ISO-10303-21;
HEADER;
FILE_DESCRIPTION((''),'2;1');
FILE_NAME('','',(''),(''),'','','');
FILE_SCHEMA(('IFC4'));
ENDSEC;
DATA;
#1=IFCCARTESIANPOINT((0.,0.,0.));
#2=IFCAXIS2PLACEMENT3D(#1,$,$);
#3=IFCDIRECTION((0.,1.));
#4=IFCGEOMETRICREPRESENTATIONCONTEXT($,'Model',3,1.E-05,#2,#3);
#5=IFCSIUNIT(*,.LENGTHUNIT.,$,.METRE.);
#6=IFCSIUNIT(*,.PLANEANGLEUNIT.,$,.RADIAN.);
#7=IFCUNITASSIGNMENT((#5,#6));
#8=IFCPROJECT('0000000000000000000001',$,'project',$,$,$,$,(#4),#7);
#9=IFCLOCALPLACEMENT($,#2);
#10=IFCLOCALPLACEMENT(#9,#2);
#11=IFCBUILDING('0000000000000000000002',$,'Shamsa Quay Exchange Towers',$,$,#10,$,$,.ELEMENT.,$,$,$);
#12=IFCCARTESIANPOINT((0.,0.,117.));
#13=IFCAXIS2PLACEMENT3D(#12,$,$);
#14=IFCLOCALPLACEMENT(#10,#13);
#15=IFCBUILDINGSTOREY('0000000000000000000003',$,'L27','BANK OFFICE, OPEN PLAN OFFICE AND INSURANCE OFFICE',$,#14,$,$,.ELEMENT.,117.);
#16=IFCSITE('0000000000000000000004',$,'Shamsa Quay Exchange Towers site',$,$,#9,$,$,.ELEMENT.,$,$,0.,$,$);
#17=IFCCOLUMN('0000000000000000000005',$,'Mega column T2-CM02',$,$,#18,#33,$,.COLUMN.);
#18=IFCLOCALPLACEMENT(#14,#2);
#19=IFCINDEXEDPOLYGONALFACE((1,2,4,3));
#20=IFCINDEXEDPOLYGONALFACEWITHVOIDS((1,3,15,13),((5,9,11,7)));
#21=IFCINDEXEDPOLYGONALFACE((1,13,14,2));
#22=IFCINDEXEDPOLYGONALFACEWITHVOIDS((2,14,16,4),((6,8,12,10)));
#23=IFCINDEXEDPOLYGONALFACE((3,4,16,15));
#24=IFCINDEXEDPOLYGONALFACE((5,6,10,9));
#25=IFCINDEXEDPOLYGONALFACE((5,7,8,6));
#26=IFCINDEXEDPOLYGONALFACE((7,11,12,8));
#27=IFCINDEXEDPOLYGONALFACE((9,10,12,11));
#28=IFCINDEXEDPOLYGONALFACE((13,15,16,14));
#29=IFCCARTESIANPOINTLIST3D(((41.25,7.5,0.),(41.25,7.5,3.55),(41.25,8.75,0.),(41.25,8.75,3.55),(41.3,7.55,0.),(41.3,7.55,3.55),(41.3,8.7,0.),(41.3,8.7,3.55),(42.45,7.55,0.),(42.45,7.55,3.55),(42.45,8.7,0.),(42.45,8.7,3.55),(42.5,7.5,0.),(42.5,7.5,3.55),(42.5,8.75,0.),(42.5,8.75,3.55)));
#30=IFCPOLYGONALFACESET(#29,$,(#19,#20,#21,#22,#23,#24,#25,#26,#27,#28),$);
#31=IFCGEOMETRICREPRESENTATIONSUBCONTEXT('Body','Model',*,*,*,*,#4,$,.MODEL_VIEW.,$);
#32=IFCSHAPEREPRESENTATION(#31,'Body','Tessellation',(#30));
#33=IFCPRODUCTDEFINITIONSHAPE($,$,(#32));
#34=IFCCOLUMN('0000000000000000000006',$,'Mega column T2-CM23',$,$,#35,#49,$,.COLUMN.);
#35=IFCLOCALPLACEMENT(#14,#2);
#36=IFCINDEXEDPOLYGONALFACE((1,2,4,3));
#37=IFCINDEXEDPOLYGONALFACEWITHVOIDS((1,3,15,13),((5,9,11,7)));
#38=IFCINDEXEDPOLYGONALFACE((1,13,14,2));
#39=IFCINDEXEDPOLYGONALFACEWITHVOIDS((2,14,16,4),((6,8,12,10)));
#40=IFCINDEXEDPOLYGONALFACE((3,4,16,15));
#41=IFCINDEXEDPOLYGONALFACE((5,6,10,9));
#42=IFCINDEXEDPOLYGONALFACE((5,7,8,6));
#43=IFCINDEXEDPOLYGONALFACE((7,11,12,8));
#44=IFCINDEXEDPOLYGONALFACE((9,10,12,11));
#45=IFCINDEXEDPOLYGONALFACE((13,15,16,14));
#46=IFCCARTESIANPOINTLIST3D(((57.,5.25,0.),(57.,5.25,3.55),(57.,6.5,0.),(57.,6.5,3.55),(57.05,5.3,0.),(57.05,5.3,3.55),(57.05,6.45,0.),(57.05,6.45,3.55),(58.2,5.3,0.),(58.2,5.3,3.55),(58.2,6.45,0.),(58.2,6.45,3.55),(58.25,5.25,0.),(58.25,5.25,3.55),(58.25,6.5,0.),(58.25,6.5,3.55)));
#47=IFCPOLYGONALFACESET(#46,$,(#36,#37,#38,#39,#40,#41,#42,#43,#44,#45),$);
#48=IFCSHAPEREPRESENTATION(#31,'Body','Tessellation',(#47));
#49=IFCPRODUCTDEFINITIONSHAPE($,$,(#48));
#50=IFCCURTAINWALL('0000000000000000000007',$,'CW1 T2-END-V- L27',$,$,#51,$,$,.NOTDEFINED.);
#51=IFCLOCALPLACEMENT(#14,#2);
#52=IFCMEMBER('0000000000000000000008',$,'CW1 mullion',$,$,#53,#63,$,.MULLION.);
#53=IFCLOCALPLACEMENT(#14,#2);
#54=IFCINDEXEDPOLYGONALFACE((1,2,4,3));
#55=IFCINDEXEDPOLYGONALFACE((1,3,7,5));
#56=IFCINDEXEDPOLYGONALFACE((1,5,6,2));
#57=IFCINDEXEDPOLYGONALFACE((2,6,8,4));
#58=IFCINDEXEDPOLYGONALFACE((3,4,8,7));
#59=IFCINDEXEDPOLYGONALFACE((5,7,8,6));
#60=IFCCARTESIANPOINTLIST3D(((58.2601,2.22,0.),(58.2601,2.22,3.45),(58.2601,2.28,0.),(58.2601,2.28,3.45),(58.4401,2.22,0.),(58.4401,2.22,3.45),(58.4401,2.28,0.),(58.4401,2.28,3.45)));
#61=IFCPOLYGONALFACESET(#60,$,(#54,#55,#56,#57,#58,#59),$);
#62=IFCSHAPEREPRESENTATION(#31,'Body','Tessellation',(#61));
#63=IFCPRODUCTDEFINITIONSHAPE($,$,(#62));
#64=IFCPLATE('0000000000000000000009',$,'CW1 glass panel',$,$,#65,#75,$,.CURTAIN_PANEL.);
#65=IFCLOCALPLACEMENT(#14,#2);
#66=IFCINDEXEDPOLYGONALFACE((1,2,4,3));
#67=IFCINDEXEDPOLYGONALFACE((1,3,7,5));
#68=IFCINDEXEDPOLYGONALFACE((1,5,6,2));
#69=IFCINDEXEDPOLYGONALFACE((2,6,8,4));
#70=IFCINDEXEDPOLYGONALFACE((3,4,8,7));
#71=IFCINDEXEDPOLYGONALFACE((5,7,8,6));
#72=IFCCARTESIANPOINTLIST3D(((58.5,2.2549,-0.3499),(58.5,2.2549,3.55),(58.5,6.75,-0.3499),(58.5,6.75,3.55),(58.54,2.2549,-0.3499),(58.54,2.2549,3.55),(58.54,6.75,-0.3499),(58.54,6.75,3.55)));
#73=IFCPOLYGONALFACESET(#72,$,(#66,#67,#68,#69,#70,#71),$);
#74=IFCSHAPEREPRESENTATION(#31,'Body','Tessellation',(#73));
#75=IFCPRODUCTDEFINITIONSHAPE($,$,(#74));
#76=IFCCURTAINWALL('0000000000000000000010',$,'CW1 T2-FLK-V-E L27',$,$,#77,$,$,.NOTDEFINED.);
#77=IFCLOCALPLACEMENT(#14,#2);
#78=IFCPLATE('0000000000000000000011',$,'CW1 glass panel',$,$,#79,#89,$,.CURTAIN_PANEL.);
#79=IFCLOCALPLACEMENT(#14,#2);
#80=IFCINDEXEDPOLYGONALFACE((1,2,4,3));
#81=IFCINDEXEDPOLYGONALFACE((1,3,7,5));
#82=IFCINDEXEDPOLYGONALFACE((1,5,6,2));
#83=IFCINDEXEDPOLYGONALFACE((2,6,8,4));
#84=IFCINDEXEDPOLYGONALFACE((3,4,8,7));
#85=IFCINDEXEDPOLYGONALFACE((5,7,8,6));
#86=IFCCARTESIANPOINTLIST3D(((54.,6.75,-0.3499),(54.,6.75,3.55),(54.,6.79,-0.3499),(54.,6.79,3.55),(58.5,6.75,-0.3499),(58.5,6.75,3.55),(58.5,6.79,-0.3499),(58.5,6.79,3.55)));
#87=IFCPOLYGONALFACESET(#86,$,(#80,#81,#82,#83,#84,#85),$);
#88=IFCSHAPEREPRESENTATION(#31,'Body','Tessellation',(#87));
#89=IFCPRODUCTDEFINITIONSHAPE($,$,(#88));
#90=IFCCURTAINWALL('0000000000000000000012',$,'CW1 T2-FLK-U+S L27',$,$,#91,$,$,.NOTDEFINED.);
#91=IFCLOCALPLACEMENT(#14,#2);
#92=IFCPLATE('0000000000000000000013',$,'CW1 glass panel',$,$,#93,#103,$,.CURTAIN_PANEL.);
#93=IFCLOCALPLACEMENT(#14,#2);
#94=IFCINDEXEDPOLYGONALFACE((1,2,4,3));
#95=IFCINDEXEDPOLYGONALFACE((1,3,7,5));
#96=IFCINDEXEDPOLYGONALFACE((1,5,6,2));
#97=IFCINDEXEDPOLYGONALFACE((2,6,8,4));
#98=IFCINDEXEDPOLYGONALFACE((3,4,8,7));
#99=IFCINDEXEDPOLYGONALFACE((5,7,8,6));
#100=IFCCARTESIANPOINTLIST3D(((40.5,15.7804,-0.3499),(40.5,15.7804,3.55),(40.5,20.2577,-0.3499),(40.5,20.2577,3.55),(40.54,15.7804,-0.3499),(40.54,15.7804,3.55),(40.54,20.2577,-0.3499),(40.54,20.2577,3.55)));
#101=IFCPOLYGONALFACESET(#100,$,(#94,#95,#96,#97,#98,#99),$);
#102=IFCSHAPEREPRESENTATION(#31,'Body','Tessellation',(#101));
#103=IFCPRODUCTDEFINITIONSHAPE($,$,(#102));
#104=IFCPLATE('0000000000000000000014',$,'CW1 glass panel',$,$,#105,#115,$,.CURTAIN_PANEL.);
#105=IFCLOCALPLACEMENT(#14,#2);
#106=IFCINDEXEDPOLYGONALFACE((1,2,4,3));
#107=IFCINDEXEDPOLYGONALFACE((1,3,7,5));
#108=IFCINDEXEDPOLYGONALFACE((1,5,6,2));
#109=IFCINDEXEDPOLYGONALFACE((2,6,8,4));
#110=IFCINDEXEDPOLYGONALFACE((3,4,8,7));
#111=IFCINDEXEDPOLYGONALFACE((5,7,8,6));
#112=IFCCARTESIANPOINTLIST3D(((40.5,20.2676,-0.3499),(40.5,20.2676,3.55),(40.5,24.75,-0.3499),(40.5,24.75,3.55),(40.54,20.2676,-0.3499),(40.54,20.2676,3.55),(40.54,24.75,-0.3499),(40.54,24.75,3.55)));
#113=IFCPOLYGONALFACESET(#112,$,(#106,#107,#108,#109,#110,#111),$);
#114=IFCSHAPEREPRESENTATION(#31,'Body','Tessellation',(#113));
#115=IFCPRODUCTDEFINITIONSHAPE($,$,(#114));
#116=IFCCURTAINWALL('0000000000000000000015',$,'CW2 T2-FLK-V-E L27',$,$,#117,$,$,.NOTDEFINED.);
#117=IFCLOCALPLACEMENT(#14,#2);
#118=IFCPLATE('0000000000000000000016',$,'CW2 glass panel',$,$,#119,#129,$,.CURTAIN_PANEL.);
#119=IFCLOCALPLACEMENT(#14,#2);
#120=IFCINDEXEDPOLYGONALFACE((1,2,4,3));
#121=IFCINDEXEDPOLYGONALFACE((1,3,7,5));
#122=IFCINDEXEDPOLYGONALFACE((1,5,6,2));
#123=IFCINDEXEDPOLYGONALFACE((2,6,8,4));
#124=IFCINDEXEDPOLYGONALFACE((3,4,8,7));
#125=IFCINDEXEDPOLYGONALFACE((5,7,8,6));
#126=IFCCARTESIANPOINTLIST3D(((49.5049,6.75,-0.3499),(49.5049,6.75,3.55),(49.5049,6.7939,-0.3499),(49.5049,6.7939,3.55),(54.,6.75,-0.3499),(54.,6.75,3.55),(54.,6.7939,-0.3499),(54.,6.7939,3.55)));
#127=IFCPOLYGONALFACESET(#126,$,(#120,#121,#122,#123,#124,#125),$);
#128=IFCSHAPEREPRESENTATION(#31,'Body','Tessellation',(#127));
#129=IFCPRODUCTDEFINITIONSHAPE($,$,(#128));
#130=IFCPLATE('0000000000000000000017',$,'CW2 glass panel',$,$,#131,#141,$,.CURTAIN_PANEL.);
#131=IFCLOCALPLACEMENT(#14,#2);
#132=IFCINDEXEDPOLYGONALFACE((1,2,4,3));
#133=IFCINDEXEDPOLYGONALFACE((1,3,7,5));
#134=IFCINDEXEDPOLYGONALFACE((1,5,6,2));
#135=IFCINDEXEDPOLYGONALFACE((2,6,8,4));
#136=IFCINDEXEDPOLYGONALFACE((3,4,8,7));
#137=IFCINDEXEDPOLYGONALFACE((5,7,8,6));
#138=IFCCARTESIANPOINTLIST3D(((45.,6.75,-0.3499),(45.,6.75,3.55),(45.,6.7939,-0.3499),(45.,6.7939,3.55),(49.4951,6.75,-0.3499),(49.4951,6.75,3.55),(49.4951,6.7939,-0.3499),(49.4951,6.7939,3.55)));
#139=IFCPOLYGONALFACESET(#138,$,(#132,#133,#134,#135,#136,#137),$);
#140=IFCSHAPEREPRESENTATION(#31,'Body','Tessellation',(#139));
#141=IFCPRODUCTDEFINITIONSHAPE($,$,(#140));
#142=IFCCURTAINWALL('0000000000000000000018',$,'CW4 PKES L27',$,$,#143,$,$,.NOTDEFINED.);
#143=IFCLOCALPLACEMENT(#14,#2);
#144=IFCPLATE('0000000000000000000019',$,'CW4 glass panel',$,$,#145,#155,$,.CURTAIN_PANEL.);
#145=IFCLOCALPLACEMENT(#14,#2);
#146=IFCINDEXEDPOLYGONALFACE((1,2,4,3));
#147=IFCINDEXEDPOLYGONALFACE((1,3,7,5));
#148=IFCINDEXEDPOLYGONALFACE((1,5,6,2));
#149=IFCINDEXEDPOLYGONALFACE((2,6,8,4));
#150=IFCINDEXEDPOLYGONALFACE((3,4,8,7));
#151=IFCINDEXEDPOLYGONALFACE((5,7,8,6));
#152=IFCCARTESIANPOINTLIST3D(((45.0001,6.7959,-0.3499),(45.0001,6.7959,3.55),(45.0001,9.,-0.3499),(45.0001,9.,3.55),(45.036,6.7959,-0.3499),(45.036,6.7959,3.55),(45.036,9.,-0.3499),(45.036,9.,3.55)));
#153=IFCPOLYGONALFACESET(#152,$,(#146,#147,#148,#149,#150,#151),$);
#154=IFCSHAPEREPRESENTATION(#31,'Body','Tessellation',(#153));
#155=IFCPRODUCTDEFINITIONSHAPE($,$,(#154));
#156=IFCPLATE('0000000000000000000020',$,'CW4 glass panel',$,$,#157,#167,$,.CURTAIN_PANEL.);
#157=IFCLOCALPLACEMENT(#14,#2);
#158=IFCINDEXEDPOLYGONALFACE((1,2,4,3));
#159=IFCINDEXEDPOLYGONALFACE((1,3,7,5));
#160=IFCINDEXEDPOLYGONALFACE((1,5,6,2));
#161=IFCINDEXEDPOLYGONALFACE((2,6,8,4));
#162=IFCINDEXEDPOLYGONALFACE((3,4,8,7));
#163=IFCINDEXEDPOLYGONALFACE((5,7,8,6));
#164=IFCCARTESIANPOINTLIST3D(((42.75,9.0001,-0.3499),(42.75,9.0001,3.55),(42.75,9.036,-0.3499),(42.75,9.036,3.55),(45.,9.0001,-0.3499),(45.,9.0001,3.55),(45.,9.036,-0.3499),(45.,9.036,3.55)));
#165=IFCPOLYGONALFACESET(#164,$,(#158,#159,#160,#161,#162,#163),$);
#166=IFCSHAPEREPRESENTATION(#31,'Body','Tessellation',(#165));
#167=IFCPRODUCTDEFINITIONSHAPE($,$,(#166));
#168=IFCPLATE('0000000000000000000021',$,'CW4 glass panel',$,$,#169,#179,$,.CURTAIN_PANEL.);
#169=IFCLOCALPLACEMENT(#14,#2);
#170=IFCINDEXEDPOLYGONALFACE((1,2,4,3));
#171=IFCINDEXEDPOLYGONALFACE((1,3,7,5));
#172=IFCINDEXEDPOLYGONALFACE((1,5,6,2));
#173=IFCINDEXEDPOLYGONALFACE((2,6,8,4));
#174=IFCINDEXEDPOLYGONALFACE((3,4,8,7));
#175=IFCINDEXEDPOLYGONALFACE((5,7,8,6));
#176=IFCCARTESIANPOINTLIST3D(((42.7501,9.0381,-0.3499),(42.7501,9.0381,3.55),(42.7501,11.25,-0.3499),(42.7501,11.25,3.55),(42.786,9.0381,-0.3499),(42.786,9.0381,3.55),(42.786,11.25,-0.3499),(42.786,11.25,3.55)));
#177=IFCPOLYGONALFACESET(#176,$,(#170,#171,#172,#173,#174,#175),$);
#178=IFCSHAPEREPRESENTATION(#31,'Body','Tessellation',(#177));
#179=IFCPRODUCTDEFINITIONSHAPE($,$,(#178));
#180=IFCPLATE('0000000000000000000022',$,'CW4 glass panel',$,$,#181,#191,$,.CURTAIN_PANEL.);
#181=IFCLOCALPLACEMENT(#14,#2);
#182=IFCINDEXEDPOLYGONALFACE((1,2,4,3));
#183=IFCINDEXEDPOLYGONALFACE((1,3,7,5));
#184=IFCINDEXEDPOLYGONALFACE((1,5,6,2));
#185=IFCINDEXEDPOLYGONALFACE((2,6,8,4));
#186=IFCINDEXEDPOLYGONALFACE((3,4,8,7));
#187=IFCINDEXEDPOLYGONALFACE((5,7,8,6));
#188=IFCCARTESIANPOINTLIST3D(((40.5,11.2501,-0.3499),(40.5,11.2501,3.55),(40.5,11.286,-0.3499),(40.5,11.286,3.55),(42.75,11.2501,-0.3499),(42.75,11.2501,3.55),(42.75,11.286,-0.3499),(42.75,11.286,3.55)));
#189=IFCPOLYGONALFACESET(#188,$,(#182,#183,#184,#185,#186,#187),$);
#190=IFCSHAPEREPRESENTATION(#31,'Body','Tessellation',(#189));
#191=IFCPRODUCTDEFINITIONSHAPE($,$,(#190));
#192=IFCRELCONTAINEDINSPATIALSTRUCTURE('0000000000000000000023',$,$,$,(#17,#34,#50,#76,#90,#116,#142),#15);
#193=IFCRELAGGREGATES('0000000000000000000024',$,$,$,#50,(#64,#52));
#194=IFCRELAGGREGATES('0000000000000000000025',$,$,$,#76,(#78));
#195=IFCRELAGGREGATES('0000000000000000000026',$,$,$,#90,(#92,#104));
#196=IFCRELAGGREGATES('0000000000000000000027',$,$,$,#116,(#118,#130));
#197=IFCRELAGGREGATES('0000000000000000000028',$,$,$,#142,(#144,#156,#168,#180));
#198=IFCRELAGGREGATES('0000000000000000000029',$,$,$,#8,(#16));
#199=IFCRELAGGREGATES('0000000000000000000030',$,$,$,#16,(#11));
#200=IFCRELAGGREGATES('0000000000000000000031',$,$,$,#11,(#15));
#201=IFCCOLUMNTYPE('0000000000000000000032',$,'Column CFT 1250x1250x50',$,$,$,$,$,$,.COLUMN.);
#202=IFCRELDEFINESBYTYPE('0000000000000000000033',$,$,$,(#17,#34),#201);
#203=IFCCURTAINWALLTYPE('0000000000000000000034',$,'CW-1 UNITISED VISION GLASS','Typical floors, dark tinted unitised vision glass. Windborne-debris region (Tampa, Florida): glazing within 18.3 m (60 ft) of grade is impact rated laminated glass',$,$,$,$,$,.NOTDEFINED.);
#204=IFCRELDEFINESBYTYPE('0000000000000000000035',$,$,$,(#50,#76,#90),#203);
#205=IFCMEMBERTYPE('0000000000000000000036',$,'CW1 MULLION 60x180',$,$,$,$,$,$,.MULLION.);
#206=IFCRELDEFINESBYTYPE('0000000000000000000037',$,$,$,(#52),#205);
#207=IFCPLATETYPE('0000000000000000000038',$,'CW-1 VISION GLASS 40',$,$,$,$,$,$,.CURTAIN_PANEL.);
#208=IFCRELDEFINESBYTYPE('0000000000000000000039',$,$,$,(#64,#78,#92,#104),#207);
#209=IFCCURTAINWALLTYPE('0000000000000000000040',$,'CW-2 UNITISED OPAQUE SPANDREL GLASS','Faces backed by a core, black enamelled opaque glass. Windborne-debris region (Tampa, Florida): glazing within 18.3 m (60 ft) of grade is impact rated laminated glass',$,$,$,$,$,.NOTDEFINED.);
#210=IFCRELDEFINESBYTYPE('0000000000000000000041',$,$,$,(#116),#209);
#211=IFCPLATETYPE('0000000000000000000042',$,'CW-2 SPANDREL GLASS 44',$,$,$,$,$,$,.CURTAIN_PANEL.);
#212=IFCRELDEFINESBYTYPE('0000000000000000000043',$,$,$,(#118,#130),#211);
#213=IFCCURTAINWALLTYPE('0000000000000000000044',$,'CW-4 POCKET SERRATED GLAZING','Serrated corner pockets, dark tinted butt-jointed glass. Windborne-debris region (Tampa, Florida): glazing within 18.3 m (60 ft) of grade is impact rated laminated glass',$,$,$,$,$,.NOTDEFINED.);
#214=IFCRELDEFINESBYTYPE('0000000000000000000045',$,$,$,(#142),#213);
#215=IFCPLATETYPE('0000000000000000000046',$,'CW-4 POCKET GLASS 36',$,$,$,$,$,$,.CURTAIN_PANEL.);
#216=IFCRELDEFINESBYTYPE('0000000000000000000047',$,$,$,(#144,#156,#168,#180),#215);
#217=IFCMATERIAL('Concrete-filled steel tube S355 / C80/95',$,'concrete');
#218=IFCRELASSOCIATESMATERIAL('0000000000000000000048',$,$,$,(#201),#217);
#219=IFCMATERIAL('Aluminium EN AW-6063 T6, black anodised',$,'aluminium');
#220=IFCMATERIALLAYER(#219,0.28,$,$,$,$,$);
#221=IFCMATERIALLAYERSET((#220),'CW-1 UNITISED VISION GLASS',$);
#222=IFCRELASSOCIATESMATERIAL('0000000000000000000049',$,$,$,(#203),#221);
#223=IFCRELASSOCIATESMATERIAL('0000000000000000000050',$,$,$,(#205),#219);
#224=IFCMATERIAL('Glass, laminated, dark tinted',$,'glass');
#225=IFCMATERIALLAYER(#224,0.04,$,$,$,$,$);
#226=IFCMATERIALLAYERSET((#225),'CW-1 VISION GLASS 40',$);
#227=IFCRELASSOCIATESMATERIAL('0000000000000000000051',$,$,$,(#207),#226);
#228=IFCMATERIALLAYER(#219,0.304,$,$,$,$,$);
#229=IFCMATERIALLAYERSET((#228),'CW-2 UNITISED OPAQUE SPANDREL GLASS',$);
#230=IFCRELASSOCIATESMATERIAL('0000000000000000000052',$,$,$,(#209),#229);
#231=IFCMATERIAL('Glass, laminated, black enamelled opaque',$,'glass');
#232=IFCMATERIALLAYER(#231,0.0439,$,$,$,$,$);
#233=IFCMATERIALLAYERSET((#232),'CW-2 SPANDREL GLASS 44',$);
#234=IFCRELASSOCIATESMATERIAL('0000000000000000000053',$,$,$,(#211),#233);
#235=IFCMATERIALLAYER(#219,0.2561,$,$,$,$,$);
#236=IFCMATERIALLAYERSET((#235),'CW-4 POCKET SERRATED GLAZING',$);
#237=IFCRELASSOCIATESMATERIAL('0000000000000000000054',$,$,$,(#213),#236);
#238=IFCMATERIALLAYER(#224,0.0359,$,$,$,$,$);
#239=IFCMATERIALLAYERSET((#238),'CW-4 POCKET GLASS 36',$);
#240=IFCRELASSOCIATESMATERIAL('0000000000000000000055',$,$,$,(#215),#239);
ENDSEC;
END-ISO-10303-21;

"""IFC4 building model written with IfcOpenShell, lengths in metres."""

from ifc_helpers import new_model, si_unit, direction, frame, origin, origin_2d, place, context, subcontext, project, spatial, rectangle, hollow_rectangle, extrude, material, layer, layer_set, material_profile, profile_set, type_object, element, aggregate, save


model = new_model("IFC4")

# Units and contexts
model_context = context("Model", 3, precision=1e-05, world=origin(), true_north=direction((0.0, 1.0)))
body_context = subcontext(model_context, "Body", "Model", "MODEL_VIEW")
ifc_project = project(units=[si_unit("LENGTHUNIT", "METRE"), si_unit("PLANEANGLEUNIT", "RADIAN")], contexts=[model_context])

# Site, building, storey
site_placement = place(None, origin())
site = spatial("IfcSite", under=ifc_project, at=site_placement, Name="Shamsa Quay Exchange Towers site", CompositionType="ELEMENT", RefElevation=0.0)
building_placement = place(site_placement, origin())
building = spatial("IfcBuilding", under=site, at=building_placement, Name="Shamsa Quay Exchange Towers", CompositionType="ELEMENT")
storey_placement = place(building_placement, frame((0.0, 0.0, 117.0)))
storey = spatial("IfcBuildingStorey", under=building, at=storey_placement, Name="L27", Description="BANK OFFICE, OPEN PLAN OFFICE AND INSURANCE OFFICE", CompositionType="ELEMENT", Elevation=117.0)

# Columns
ifc_material_1 = material(Name="Concrete-filled steel tube S355 / C80/95", Category="concrete")
ifc_material_profile_1 = material_profile(ifc_material_1, hollow_rectangle(XDim=1.25, YDim=1.25, WallThickness=0.05, at=origin_2d()), Name="CFT 1250x1250x50")
ifc_profile_set_1 = profile_set([ifc_material_profile_1], Name="Concrete-filled steel tube S355 / C80/95")
column_type = type_object("IfcColumnType", Name="Column CFT 1250x1250x50", PredefinedType="COLUMN", material=ifc_profile_set_1)
for number, where, name in (
    (1, (41.875, 8.125, 0.0), "Mega column T2-CM02"),
    (2, (57.625, 5.875, 0.0), "Mega column T2-CM23"),
):
    element("IfcColumn", number, at=place(storey_placement, frame(where)), inside=storey, type_object=column_type, Name=name, PredefinedType="COLUMN", context=body_context, shape_type="SweptSolid", body=[
        extrude(hollow_rectangle(XDim=1.25, YDim=1.25, WallThickness=0.05, at=origin_2d()), origin(), (0.0, 0.0, 1.0), 3.55),
    ])

# Curtain wall, member, plate
ifc_material_2 = material(Name="Aluminium EN AW-6063 T6, black anodised", Category="aluminium")
ifc_layer_1 = layer(ifc_material_2, 0.28)
ifc_layer_set_1 = layer_set([ifc_layer_1], Name="CW-1 UNITISED VISION GLASS")
curtain_wall_type_1 = type_object("IfcCurtainWallType", Name="CW-1 UNITISED VISION GLASS", Description="Typical floors, dark tinted unitised vision glass. Windborne-debris region (Tampa, Florida): glazing within 18.3 m (60 ft) of grade is impact rated laminated glass", PredefinedType="NOTDEFINED", material=ifc_layer_set_1)
curtain_wall_1_placement = place(storey_placement, origin())
curtain_wall_1 = element("IfcCurtainWall", 3, at=curtain_wall_1_placement, inside=storey, type_object=curtain_wall_type_1, Name="CW1 T2-END-V- L27", PredefinedType="NOTDEFINED")
ifc_material_profile_2 = material_profile(ifc_material_2, rectangle(XDim=0.1799, YDim=0.0601, at=origin_2d()), Name="MU60x180")
ifc_profile_set_2 = profile_set([ifc_material_profile_2], Name="Aluminium EN AW-6063 T6, black anodised")
member_type = type_object("IfcMemberType", Name="CW1 MULLION 60x180", PredefinedType="MULLION", material=ifc_profile_set_2)
member_placement = place(storey_placement, frame((58.3501, 2.25, 0.0), z_axis=(0.0, 0.0, 1.0), x_axis=(-1.0, 0.0, 0.0)))
member = element("IfcMember", 4, at=member_placement, type_object=member_type, Name="CW1 mullion", PredefinedType="MULLION", context=body_context, shape_type="SweptSolid", body=[
    extrude(rectangle(XDim=0.1799, YDim=0.0601, at=origin_2d()), origin(), (0.0, 0.0, 1.0), 3.45),
])
ifc_material_3 = material(Name="Glass, laminated, dark tinted", Category="glass")
ifc_layer_2 = layer(ifc_material_3, 0.04)
ifc_layer_set_2 = layer_set([ifc_layer_2], Name="CW-1 VISION GLASS 40")
plate_type_1 = type_object("IfcPlateType", Name="CW-1 VISION GLASS 40", PredefinedType="CURTAIN_PANEL", material=ifc_layer_set_2)
plate_1_placement = place(storey_placement, frame((58.52, 4.5024, -0.3499), z_axis=(0.0, 0.0, 1.0), x_axis=(0.0, 1.0, 0.0)))
plate_1 = element("IfcPlate", 5, at=plate_1_placement, type_object=plate_type_1, Name="CW1 glass panel", PredefinedType="CURTAIN_PANEL", context=body_context, shape_type="SweptSolid", body=[
    extrude(rectangle(XDim=4.4951, YDim=0.04, at=origin_2d()), origin(), (0.0, 0.0, 1.0), 3.8999),
])
aggregate(curtain_wall_1, [plate_1, member])

# Curtain wall, plate
curtain_wall_2_placement = place(storey_placement, origin())
curtain_wall_2 = element("IfcCurtainWall", 6, at=curtain_wall_2_placement, inside=storey, type_object=curtain_wall_type_1, Name="CW1 T2-FLK-V-E L27", PredefinedType="NOTDEFINED")
plate_2_placement = place(storey_placement, frame((56.25, 6.77, -0.3499), z_axis=(0.0, 0.0, 1.0), x_axis=(-1.0, 0.0, 0.0)))
plate_2 = element("IfcPlate", 7, at=plate_2_placement, type_object=plate_type_1, Name="CW1 glass panel", PredefinedType="CURTAIN_PANEL", context=body_context, shape_type="SweptSolid", body=[
    extrude(rectangle(XDim=4.5, YDim=0.04, at=origin_2d()), origin(), (0.0, 0.0, 1.0), 3.8999),
])
aggregate(curtain_wall_2, [plate_2])

# Curtain walls, plates
curtain_wall_3_placement = place(storey_placement, origin())
curtain_wall_3 = element("IfcCurtainWall", 8, at=curtain_wall_3_placement, inside=storey, type_object=curtain_wall_type_1, Name="CW1 T2-FLK-U+S L27", PredefinedType="NOTDEFINED")
plate_3_placement = place(storey_placement, frame((40.52, 18.019, -0.3499), z_axis=(0.0, 0.0, 1.0), x_axis=(0.0, 1.0, 0.0)))
plate_3 = element("IfcPlate", 9, at=plate_3_placement, type_object=plate_type_1, Name="CW1 glass panel", PredefinedType="CURTAIN_PANEL", context=body_context, shape_type="SweptSolid", body=[
    extrude(rectangle(XDim=4.4773, YDim=0.04, at=origin_2d()), origin(), (0.0, 0.0, 1.0), 3.8999),
])
plate_4_placement = place(storey_placement, frame((40.52, 22.5088, -0.3499), z_axis=(0.0, 0.0, 1.0), x_axis=(0.0, 1.0, 0.0)))
plate_4 = element("IfcPlate", 10, at=plate_4_placement, type_object=plate_type_1, Name="CW1 glass panel", PredefinedType="CURTAIN_PANEL", context=body_context, shape_type="SweptSolid", body=[
    extrude(rectangle(XDim=4.4824, YDim=0.04, at=origin_2d()), origin(), (0.0, 0.0, 1.0), 3.8999),
])
aggregate(curtain_wall_3, [plate_3, plate_4])
ifc_layer_3 = layer(ifc_material_2, 0.304)
ifc_layer_set_3 = layer_set([ifc_layer_3], Name="CW-2 UNITISED OPAQUE SPANDREL GLASS")
curtain_wall_type_2 = type_object("IfcCurtainWallType", Name="CW-2 UNITISED OPAQUE SPANDREL GLASS", Description="Faces backed by a core, black enamelled opaque glass. Windborne-debris region (Tampa, Florida): glazing within 18.3 m (60 ft) of grade is impact rated laminated glass", PredefinedType="NOTDEFINED", material=ifc_layer_set_3)
curtain_wall_4_placement = place(storey_placement, origin())
curtain_wall_4 = element("IfcCurtainWall", 11, at=curtain_wall_4_placement, inside=storey, type_object=curtain_wall_type_2, Name="CW2 T2-FLK-V-E L27", PredefinedType="NOTDEFINED")
ifc_material_4 = material(Name="Glass, laminated, black enamelled opaque", Category="glass")
ifc_layer_4 = layer(ifc_material_4, 0.0439)
ifc_layer_set_4 = layer_set([ifc_layer_4], Name="CW-2 SPANDREL GLASS 44")
plate_type_2 = type_object("IfcPlateType", Name="CW-2 SPANDREL GLASS 44", PredefinedType="CURTAIN_PANEL", material=ifc_layer_set_4)
plate_5_placement = place(storey_placement, frame((51.7524, 6.772, -0.3499), z_axis=(0.0, 0.0, 1.0), x_axis=(-1.0, 0.0, 0.0)))
plate_5 = element("IfcPlate", 12, at=plate_5_placement, type_object=plate_type_2, Name="CW2 glass panel", PredefinedType="CURTAIN_PANEL", context=body_context, shape_type="SweptSolid", body=[
    extrude(rectangle(XDim=4.4951, YDim=0.0439, at=origin_2d()), origin(), (0.0, 0.0, 1.0), 3.8999),
])
plate_6_placement = place(storey_placement, frame((47.2476, 6.772, -0.3499), z_axis=(0.0, 0.0, 1.0), x_axis=(-1.0, 0.0, 0.0)))
plate_6 = element("IfcPlate", 13, at=plate_6_placement, type_object=plate_type_2, Name="CW2 glass panel", PredefinedType="CURTAIN_PANEL", context=body_context, shape_type="SweptSolid", body=[
    extrude(rectangle(XDim=4.4951, YDim=0.0439, at=origin_2d()), origin(), (0.0, 0.0, 1.0), 3.8999),
])
aggregate(curtain_wall_4, [plate_5, plate_6])
ifc_layer_5 = layer(ifc_material_2, 0.2561)
ifc_layer_set_5 = layer_set([ifc_layer_5], Name="CW-4 POCKET SERRATED GLAZING")
curtain_wall_type_3 = type_object("IfcCurtainWallType", Name="CW-4 POCKET SERRATED GLAZING", Description="Serrated corner pockets, dark tinted butt-jointed glass. Windborne-debris region (Tampa, Florida): glazing within 18.3 m (60 ft) of grade is impact rated laminated glass", PredefinedType="NOTDEFINED", material=ifc_layer_set_5)
curtain_wall_5_placement = place(storey_placement, origin())
curtain_wall_5 = element("IfcCurtainWall", 14, at=curtain_wall_5_placement, inside=storey, type_object=curtain_wall_type_3, Name="CW4 PKES L27", PredefinedType="NOTDEFINED")
ifc_layer_6 = layer(ifc_material_3, 0.0359)
ifc_layer_set_6 = layer_set([ifc_layer_6], Name="CW-4 POCKET GLASS 36")
plate_type_3 = type_object("IfcPlateType", Name="CW-4 POCKET GLASS 36", PredefinedType="CURTAIN_PANEL", material=ifc_layer_set_6)
plate_7_placement = place(storey_placement, frame((45.0181, 7.8979, -0.3499), z_axis=(0.0, 0.0, 1.0), x_axis=(0.0, 1.0, 0.0)))
plate_7 = element("IfcPlate", 15, at=plate_7_placement, type_object=plate_type_3, Name="CW4 glass panel", PredefinedType="CURTAIN_PANEL", context=body_context, shape_type="SweptSolid", body=[
    extrude(rectangle(XDim=2.2041, YDim=0.0359, at=origin_2d()), origin(), (0.0, 0.0, 1.0), 3.8999),
])
plate_8_placement = place(storey_placement, frame((43.875, 9.0181, -0.3499), z_axis=(0.0, 0.0, 1.0), x_axis=(-1.0, 0.0, 0.0)))
plate_8 = element("IfcPlate", 16, at=plate_8_placement, type_object=plate_type_3, Name="CW4 glass panel", PredefinedType="CURTAIN_PANEL", context=body_context, shape_type="SweptSolid", body=[
    extrude(rectangle(XDim=2.25, YDim=0.0359, at=origin_2d()), origin(), (0.0, 0.0, 1.0), 3.8999),
])
plate_9_placement = place(storey_placement, frame((42.7681, 10.144, -0.3499), z_axis=(0.0, 0.0, 1.0), x_axis=(0.0, 1.0, 0.0)))
plate_9 = element("IfcPlate", 17, at=plate_9_placement, type_object=plate_type_3, Name="CW4 glass panel", PredefinedType="CURTAIN_PANEL", context=body_context, shape_type="SweptSolid", body=[
    extrude(rectangle(XDim=2.2119, YDim=0.0359, at=origin_2d()), origin(), (0.0, 0.0, 1.0), 3.8999),
])
plate_10_placement = place(storey_placement, frame((41.625, 11.2681, -0.3499), z_axis=(0.0, 0.0, 1.0), x_axis=(-1.0, 0.0, 0.0)))
plate_10 = element("IfcPlate", 18, at=plate_10_placement, type_object=plate_type_3, Name="CW4 glass panel", PredefinedType="CURTAIN_PANEL", context=body_context, shape_type="SweptSolid", body=[
    extrude(rectangle(XDim=2.25, YDim=0.0359, at=origin_2d()), origin(), (0.0, 0.0, 1.0), 3.8999),
])
aggregate(curtain_wall_5, [plate_7, plate_8, plate_9, plate_10])

save(model, "model.ifc")
